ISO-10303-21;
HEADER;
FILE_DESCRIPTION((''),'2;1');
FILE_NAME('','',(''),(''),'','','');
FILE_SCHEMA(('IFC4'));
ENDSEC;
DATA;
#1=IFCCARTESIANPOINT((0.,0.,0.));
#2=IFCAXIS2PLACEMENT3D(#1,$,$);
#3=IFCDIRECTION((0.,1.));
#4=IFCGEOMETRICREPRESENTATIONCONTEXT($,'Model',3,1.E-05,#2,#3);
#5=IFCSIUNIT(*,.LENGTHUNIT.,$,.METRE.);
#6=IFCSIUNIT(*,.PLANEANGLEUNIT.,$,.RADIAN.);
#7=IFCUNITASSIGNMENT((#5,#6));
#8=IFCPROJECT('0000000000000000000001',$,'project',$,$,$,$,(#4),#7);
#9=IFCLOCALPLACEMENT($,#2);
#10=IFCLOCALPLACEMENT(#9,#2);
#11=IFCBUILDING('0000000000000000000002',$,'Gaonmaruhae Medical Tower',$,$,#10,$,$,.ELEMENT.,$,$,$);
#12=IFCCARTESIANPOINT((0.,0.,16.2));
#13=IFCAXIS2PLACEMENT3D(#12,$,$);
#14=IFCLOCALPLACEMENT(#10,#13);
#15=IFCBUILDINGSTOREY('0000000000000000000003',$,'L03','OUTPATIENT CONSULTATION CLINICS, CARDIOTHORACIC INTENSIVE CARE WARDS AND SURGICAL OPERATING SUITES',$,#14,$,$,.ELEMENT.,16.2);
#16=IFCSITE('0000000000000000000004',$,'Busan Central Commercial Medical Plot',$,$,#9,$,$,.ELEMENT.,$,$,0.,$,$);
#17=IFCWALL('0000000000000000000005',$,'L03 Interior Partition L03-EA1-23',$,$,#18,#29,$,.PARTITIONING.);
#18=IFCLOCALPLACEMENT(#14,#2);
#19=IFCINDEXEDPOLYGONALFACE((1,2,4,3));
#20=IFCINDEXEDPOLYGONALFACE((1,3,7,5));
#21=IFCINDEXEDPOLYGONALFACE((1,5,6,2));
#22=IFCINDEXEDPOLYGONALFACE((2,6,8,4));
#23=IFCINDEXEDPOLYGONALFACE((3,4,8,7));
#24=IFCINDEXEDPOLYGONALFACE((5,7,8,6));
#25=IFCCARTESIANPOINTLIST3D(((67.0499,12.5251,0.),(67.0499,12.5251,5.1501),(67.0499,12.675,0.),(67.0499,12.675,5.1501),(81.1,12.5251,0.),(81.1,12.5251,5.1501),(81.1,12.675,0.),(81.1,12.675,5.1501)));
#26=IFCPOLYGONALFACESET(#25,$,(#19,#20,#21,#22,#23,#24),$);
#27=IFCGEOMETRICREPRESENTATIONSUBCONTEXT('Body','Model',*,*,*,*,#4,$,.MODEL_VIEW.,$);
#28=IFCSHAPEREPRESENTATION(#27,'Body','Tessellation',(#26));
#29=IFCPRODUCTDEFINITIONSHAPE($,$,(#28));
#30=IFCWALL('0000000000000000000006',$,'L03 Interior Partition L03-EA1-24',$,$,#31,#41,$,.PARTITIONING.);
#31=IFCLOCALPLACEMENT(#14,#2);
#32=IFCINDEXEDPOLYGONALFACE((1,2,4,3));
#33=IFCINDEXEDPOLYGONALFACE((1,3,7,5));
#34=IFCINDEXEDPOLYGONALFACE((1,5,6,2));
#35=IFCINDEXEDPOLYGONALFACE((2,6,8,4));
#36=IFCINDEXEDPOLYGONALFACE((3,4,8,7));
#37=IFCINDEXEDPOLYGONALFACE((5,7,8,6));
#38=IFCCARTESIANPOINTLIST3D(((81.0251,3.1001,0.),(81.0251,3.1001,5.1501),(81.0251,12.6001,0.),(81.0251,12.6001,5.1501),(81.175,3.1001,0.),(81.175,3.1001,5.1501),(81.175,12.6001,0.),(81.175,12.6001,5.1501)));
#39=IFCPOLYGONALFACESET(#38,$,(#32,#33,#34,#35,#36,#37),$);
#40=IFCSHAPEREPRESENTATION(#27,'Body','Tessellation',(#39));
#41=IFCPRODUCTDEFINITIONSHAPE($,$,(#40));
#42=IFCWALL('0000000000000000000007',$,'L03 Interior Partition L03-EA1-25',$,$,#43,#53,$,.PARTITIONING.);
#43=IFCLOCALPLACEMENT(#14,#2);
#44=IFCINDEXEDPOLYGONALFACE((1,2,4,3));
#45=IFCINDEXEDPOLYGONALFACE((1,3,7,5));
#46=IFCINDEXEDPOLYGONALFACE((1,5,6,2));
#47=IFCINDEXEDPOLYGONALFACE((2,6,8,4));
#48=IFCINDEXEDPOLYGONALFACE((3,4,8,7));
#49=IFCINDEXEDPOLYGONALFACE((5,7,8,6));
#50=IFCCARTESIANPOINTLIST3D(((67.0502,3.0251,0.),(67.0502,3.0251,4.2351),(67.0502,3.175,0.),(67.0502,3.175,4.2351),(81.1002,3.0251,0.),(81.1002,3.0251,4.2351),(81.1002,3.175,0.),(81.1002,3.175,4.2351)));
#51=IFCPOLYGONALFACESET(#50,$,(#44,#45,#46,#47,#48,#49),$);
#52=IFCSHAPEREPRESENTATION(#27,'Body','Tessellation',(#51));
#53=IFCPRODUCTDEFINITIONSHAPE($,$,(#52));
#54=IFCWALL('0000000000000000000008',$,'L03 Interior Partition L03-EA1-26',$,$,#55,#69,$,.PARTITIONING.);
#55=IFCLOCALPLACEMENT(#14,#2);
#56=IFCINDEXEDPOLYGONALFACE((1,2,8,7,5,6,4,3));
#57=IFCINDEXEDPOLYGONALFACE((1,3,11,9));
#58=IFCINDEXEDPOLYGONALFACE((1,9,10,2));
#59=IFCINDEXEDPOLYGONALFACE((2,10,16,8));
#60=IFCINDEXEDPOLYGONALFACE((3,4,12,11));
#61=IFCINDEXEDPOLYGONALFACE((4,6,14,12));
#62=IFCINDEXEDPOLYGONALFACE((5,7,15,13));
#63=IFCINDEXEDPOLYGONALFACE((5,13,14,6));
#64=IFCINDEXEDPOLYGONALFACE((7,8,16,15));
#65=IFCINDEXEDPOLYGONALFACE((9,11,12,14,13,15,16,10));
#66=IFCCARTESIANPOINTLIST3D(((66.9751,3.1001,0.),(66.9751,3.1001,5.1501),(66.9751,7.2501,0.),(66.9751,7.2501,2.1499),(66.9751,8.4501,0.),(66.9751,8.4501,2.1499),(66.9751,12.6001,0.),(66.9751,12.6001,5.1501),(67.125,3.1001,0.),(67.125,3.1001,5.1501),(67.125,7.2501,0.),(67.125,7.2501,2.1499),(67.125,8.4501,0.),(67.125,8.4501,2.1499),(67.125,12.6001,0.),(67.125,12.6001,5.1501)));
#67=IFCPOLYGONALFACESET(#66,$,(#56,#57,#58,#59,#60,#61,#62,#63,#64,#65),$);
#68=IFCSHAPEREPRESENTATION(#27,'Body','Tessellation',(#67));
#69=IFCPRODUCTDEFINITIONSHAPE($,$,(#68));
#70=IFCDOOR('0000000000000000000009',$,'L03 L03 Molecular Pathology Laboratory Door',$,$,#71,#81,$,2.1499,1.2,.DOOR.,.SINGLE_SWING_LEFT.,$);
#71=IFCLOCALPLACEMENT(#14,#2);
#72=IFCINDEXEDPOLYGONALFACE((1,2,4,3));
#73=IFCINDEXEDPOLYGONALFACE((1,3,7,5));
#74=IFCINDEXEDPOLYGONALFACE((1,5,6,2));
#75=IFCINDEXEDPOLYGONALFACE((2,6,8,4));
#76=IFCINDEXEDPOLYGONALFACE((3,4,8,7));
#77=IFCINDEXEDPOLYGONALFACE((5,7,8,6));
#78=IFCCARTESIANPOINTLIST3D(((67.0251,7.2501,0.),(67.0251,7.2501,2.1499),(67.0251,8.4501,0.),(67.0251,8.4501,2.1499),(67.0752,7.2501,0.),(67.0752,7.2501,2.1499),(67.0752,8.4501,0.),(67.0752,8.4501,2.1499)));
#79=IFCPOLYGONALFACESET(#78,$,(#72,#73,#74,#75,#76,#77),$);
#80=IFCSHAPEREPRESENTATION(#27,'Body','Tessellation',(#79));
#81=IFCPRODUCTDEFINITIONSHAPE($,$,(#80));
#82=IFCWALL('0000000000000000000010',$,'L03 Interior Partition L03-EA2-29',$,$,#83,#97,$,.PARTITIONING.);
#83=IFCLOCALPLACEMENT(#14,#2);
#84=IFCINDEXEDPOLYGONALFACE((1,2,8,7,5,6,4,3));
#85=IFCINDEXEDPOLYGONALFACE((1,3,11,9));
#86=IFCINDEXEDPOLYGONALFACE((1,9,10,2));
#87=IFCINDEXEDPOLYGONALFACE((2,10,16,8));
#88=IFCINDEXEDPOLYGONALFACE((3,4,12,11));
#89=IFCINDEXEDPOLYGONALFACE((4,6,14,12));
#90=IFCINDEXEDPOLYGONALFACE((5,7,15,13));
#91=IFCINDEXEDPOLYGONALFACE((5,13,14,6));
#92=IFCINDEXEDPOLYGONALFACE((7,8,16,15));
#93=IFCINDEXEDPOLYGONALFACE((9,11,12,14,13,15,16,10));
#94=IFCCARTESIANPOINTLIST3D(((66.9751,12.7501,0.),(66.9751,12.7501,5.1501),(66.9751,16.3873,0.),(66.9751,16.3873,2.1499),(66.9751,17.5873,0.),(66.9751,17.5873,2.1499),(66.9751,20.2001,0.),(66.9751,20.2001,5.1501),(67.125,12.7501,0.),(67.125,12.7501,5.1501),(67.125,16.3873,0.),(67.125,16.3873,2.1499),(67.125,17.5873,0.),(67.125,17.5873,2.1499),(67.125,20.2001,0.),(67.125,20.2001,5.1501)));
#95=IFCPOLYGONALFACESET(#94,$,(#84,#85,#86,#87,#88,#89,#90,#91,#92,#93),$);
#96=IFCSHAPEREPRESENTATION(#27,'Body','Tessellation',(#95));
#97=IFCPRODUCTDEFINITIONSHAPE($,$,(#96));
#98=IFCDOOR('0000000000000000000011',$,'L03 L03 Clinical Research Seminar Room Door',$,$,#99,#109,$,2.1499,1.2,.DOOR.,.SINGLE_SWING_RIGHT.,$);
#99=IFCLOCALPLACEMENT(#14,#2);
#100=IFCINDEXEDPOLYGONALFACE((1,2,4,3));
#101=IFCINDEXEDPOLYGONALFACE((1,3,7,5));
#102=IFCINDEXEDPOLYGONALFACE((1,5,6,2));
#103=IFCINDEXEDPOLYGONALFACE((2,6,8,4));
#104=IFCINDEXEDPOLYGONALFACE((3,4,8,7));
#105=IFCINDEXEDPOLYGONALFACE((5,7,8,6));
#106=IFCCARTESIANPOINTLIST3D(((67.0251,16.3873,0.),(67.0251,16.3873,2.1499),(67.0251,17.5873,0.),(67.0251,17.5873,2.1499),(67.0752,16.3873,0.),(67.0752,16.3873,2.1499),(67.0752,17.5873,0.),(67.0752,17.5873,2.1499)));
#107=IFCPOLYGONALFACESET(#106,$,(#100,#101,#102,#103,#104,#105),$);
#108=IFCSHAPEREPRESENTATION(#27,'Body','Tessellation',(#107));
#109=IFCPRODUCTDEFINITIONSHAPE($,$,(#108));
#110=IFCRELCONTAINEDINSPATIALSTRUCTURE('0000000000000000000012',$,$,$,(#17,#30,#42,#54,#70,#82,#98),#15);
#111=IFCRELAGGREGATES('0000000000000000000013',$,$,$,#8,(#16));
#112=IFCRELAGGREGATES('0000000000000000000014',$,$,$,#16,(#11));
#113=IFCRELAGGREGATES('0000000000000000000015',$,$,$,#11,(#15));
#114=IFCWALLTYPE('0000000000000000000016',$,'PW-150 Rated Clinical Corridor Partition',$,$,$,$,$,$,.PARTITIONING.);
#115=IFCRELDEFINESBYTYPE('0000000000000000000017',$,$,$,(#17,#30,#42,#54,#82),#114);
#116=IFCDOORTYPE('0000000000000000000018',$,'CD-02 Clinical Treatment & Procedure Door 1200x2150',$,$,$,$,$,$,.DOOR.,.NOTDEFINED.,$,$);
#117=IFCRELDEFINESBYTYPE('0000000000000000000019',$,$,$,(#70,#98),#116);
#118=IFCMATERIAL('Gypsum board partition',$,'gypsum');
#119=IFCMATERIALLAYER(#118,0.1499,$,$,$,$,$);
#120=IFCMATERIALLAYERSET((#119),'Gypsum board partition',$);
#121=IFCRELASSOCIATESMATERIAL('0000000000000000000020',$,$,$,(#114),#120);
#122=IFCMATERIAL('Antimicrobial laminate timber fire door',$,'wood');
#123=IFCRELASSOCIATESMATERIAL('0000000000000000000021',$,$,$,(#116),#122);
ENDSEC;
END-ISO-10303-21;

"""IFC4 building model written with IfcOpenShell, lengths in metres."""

from ifc_helpers import new_model, si_unit, direction, frame, frame_2d, origin, place, context, subcontext, project, spatial, rectangle, extrude, material, layer, layer_set, type_object, element, fill, save


model = new_model("IFC4")

# Units and contexts
model_context = context("Model", 3, precision=1e-05, world=origin(), true_north=direction((0.0, 1.0)))
body_context = subcontext(model_context, "Body", "Model", "MODEL_VIEW")
ifc_project = project(units=[si_unit("LENGTHUNIT", "METRE"), si_unit("PLANEANGLEUNIT", "RADIAN")], contexts=[model_context])

# Site, building, storey
site_placement = place(None, origin())
site = spatial("IfcSite", under=ifc_project, at=site_placement, Name="Busan Central Commercial Medical Plot", CompositionType="ELEMENT", RefElevation=0.0)
building_placement = place(site_placement, origin())
building = spatial("IfcBuilding", under=site, at=building_placement, Name="Gaonmaruhae Medical Tower", CompositionType="ELEMENT")
storey_placement = place(building_placement, frame((0.0, 0.0, 16.2)))
storey = spatial("IfcBuildingStorey", under=building, at=storey_placement, Name="L03", Description="OUTPATIENT CONSULTATION CLINICS, CARDIOTHORACIC INTENSIVE CARE WARDS AND SURGICAL OPERATING SUITES", CompositionType="ELEMENT", Elevation=16.2)

# Walls
ifc_material_1 = material(Name="Gypsum board partition", Category="gypsum")
ifc_layer_1 = layer(ifc_material_1, 0.1499)
ifc_layer_set_1 = layer_set([ifc_layer_1], Name="Gypsum board partition")
wall_type_1 = type_object("IfcWallType", Name="PW-150 Rated Clinical Corridor Partition", PredefinedType="PARTITIONING", material=ifc_layer_set_1)
wall_1_placement = place(storey_placement, frame((67.05, 12.6001, 0.0), z_axis=(0.0, 0.0, 1.0), x_axis=(1.0, 0.0, 0.0)))
element("IfcWall", 1, at=wall_1_placement, inside=storey, type_object=wall_type_1, Name="L03 Interior Partition L03-EA1-23", PredefinedType="PARTITIONING", context=body_context, shape_type="SweptSolid", body=[
    extrude(rectangle(XDim=14.05, YDim=0.1499, at=frame_2d((7.0249, 0.0))), origin(), (0.0, 0.0, 1.0), 5.1501),
])
wall_2_placement = place(storey_placement, frame((81.1001, 12.6001, 0.0), z_axis=(0.0, 0.0, 1.0), x_axis=(0.0, -1.0, 0.0)))
element("IfcWall", 2, at=wall_2_placement, inside=storey, type_object=wall_type_1, Name="L03 Interior Partition L03-EA1-24", PredefinedType="PARTITIONING", context=body_context, shape_type="SweptSolid", body=[
    extrude(rectangle(XDim=9.5, YDim=0.1499, at=frame_2d((4.75, 0.0))), origin(), (0.0, 0.0, 1.0), 5.1501),
])
wall_3_placement = place(storey_placement, frame((81.1001, 3.1001, 0.0), z_axis=(0.0, 0.0, 1.0), x_axis=(-1.0, 0.0, 0.0)))
element("IfcWall", 3, at=wall_3_placement, inside=storey, type_object=wall_type_1, Name="L03 Interior Partition L03-EA1-25", PredefinedType="PARTITIONING", context=body_context, shape_type="SweptSolid", body=[
    extrude(rectangle(XDim=14.05, YDim=0.1499, at=frame_2d((7.0249, 0.0))), origin(), (0.0, 0.0, 1.0), 4.2351),
])

# Walls, openings, doors
wall_4_placement = place(storey_placement, frame((67.05, 3.1001, 0.0), z_axis=(0.0, 0.0, 1.0), x_axis=(0.0, 1.0, 0.0)))
wall_4 = element("IfcWall", 4, at=wall_4_placement, inside=storey, type_object=wall_type_1, Name="L03 Interior Partition L03-EA1-26", PredefinedType="PARTITIONING", context=body_context, shape_type="SweptSolid", body=[
    extrude(rectangle(XDim=9.5, YDim=0.1499, at=frame_2d((4.75, 0.0))), origin(), (0.0, 0.0, 1.0), 5.1501),
])
opening_1_placement = place(wall_4_placement, frame((4.1499, 0.0, 0.0)))
opening_1 = element("IfcOpeningElement", 5, at=opening_1_placement, cuts=wall_4, PredefinedType="OPENING", context=body_context, shape_type="SweptSolid", body=[
    extrude(rectangle(XDim=1.2, YDim=2.1499, at=frame_2d((0.6001, 1.075))), frame((0.0, 0.085, 0.0), z_axis=(0.0, -1.0, 0.0), x_axis=(1.0, 0.0, 0.0)), (0.0, 0.0, 1.0), 0.1699),
])
ifc_material_2 = material(Name="Antimicrobial laminate timber fire door", Category="wood")
door_type = type_object("IfcDoorType", Name="CD-02 Clinical Treatment & Procedure Door 1200x2150", OperationType="NOTDEFINED", PredefinedType="DOOR", material=ifc_material_2)
door_1_placement = place(opening_1_placement, origin())
door_1 = element("IfcDoor", 6, at=door_1_placement, inside=storey, type_object=door_type, Name="L03 L03 Molecular Pathology Laboratory Door", OperationType="SINGLE_SWING_LEFT", OverallHeight=2.1499, OverallWidth=1.2, PredefinedType="DOOR", context=body_context, shape_type="SweptSolid", body=[
    extrude(rectangle(XDim=1.2, YDim=2.1499, at=frame_2d((0.6001, 1.075))), frame((0.0, 0.0249, 0.0), z_axis=(0.0, -1.0, 0.0), x_axis=(1.0, 0.0, 0.0)), (0.0, 0.0, 1.0), 0.05),
])
fill(opening_1, door_1)
wall_5_placement = place(storey_placement, frame((67.05, 12.75, 0.0), z_axis=(0.0, 0.0, 1.0), x_axis=(0.0, 1.0, 0.0)))
wall_5 = element("IfcWall", 7, at=wall_5_placement, inside=storey, type_object=wall_type_1, Name="L03 Interior Partition L03-EA2-29", PredefinedType="PARTITIONING", context=body_context, shape_type="SweptSolid", body=[
    extrude(rectangle(XDim=7.45, YDim=0.1499, at=frame_2d((3.7251, 0.0))), origin(), (0.0, 0.0, 1.0), 5.1501),
])
opening_2_placement = place(wall_5_placement, frame((3.6372, 0.0, 0.0)))
opening_2 = element("IfcOpeningElement", 8, at=opening_2_placement, cuts=wall_5, PredefinedType="OPENING", context=body_context, shape_type="SweptSolid", body=[
    extrude(rectangle(XDim=1.2, YDim=2.1499, at=frame_2d((0.6001, 1.075))), frame((0.0, 0.085, 0.0), z_axis=(0.0, -1.0, 0.0), x_axis=(1.0, 0.0, 0.0)), (0.0, 0.0, 1.0), 0.1699),
])
door_2_placement = place(opening_2_placement, origin())
door_2 = element("IfcDoor", 9, at=door_2_placement, inside=storey, type_object=door_type, Name="L03 L03 Clinical Research Seminar Room Door", OperationType="SINGLE_SWING_RIGHT", OverallHeight=2.1499, OverallWidth=1.2, PredefinedType="DOOR", context=body_context, shape_type="SweptSolid", body=[
    extrude(rectangle(XDim=1.2, YDim=2.1499, at=frame_2d((0.6001, 1.075))), frame((0.0, 0.0249, 0.0), z_axis=(0.0, -1.0, 0.0), x_axis=(1.0, 0.0, 0.0)), (0.0, 0.0, 1.0), 0.05),
])
fill(opening_2, door_2)

save(model, "model.ifc")
